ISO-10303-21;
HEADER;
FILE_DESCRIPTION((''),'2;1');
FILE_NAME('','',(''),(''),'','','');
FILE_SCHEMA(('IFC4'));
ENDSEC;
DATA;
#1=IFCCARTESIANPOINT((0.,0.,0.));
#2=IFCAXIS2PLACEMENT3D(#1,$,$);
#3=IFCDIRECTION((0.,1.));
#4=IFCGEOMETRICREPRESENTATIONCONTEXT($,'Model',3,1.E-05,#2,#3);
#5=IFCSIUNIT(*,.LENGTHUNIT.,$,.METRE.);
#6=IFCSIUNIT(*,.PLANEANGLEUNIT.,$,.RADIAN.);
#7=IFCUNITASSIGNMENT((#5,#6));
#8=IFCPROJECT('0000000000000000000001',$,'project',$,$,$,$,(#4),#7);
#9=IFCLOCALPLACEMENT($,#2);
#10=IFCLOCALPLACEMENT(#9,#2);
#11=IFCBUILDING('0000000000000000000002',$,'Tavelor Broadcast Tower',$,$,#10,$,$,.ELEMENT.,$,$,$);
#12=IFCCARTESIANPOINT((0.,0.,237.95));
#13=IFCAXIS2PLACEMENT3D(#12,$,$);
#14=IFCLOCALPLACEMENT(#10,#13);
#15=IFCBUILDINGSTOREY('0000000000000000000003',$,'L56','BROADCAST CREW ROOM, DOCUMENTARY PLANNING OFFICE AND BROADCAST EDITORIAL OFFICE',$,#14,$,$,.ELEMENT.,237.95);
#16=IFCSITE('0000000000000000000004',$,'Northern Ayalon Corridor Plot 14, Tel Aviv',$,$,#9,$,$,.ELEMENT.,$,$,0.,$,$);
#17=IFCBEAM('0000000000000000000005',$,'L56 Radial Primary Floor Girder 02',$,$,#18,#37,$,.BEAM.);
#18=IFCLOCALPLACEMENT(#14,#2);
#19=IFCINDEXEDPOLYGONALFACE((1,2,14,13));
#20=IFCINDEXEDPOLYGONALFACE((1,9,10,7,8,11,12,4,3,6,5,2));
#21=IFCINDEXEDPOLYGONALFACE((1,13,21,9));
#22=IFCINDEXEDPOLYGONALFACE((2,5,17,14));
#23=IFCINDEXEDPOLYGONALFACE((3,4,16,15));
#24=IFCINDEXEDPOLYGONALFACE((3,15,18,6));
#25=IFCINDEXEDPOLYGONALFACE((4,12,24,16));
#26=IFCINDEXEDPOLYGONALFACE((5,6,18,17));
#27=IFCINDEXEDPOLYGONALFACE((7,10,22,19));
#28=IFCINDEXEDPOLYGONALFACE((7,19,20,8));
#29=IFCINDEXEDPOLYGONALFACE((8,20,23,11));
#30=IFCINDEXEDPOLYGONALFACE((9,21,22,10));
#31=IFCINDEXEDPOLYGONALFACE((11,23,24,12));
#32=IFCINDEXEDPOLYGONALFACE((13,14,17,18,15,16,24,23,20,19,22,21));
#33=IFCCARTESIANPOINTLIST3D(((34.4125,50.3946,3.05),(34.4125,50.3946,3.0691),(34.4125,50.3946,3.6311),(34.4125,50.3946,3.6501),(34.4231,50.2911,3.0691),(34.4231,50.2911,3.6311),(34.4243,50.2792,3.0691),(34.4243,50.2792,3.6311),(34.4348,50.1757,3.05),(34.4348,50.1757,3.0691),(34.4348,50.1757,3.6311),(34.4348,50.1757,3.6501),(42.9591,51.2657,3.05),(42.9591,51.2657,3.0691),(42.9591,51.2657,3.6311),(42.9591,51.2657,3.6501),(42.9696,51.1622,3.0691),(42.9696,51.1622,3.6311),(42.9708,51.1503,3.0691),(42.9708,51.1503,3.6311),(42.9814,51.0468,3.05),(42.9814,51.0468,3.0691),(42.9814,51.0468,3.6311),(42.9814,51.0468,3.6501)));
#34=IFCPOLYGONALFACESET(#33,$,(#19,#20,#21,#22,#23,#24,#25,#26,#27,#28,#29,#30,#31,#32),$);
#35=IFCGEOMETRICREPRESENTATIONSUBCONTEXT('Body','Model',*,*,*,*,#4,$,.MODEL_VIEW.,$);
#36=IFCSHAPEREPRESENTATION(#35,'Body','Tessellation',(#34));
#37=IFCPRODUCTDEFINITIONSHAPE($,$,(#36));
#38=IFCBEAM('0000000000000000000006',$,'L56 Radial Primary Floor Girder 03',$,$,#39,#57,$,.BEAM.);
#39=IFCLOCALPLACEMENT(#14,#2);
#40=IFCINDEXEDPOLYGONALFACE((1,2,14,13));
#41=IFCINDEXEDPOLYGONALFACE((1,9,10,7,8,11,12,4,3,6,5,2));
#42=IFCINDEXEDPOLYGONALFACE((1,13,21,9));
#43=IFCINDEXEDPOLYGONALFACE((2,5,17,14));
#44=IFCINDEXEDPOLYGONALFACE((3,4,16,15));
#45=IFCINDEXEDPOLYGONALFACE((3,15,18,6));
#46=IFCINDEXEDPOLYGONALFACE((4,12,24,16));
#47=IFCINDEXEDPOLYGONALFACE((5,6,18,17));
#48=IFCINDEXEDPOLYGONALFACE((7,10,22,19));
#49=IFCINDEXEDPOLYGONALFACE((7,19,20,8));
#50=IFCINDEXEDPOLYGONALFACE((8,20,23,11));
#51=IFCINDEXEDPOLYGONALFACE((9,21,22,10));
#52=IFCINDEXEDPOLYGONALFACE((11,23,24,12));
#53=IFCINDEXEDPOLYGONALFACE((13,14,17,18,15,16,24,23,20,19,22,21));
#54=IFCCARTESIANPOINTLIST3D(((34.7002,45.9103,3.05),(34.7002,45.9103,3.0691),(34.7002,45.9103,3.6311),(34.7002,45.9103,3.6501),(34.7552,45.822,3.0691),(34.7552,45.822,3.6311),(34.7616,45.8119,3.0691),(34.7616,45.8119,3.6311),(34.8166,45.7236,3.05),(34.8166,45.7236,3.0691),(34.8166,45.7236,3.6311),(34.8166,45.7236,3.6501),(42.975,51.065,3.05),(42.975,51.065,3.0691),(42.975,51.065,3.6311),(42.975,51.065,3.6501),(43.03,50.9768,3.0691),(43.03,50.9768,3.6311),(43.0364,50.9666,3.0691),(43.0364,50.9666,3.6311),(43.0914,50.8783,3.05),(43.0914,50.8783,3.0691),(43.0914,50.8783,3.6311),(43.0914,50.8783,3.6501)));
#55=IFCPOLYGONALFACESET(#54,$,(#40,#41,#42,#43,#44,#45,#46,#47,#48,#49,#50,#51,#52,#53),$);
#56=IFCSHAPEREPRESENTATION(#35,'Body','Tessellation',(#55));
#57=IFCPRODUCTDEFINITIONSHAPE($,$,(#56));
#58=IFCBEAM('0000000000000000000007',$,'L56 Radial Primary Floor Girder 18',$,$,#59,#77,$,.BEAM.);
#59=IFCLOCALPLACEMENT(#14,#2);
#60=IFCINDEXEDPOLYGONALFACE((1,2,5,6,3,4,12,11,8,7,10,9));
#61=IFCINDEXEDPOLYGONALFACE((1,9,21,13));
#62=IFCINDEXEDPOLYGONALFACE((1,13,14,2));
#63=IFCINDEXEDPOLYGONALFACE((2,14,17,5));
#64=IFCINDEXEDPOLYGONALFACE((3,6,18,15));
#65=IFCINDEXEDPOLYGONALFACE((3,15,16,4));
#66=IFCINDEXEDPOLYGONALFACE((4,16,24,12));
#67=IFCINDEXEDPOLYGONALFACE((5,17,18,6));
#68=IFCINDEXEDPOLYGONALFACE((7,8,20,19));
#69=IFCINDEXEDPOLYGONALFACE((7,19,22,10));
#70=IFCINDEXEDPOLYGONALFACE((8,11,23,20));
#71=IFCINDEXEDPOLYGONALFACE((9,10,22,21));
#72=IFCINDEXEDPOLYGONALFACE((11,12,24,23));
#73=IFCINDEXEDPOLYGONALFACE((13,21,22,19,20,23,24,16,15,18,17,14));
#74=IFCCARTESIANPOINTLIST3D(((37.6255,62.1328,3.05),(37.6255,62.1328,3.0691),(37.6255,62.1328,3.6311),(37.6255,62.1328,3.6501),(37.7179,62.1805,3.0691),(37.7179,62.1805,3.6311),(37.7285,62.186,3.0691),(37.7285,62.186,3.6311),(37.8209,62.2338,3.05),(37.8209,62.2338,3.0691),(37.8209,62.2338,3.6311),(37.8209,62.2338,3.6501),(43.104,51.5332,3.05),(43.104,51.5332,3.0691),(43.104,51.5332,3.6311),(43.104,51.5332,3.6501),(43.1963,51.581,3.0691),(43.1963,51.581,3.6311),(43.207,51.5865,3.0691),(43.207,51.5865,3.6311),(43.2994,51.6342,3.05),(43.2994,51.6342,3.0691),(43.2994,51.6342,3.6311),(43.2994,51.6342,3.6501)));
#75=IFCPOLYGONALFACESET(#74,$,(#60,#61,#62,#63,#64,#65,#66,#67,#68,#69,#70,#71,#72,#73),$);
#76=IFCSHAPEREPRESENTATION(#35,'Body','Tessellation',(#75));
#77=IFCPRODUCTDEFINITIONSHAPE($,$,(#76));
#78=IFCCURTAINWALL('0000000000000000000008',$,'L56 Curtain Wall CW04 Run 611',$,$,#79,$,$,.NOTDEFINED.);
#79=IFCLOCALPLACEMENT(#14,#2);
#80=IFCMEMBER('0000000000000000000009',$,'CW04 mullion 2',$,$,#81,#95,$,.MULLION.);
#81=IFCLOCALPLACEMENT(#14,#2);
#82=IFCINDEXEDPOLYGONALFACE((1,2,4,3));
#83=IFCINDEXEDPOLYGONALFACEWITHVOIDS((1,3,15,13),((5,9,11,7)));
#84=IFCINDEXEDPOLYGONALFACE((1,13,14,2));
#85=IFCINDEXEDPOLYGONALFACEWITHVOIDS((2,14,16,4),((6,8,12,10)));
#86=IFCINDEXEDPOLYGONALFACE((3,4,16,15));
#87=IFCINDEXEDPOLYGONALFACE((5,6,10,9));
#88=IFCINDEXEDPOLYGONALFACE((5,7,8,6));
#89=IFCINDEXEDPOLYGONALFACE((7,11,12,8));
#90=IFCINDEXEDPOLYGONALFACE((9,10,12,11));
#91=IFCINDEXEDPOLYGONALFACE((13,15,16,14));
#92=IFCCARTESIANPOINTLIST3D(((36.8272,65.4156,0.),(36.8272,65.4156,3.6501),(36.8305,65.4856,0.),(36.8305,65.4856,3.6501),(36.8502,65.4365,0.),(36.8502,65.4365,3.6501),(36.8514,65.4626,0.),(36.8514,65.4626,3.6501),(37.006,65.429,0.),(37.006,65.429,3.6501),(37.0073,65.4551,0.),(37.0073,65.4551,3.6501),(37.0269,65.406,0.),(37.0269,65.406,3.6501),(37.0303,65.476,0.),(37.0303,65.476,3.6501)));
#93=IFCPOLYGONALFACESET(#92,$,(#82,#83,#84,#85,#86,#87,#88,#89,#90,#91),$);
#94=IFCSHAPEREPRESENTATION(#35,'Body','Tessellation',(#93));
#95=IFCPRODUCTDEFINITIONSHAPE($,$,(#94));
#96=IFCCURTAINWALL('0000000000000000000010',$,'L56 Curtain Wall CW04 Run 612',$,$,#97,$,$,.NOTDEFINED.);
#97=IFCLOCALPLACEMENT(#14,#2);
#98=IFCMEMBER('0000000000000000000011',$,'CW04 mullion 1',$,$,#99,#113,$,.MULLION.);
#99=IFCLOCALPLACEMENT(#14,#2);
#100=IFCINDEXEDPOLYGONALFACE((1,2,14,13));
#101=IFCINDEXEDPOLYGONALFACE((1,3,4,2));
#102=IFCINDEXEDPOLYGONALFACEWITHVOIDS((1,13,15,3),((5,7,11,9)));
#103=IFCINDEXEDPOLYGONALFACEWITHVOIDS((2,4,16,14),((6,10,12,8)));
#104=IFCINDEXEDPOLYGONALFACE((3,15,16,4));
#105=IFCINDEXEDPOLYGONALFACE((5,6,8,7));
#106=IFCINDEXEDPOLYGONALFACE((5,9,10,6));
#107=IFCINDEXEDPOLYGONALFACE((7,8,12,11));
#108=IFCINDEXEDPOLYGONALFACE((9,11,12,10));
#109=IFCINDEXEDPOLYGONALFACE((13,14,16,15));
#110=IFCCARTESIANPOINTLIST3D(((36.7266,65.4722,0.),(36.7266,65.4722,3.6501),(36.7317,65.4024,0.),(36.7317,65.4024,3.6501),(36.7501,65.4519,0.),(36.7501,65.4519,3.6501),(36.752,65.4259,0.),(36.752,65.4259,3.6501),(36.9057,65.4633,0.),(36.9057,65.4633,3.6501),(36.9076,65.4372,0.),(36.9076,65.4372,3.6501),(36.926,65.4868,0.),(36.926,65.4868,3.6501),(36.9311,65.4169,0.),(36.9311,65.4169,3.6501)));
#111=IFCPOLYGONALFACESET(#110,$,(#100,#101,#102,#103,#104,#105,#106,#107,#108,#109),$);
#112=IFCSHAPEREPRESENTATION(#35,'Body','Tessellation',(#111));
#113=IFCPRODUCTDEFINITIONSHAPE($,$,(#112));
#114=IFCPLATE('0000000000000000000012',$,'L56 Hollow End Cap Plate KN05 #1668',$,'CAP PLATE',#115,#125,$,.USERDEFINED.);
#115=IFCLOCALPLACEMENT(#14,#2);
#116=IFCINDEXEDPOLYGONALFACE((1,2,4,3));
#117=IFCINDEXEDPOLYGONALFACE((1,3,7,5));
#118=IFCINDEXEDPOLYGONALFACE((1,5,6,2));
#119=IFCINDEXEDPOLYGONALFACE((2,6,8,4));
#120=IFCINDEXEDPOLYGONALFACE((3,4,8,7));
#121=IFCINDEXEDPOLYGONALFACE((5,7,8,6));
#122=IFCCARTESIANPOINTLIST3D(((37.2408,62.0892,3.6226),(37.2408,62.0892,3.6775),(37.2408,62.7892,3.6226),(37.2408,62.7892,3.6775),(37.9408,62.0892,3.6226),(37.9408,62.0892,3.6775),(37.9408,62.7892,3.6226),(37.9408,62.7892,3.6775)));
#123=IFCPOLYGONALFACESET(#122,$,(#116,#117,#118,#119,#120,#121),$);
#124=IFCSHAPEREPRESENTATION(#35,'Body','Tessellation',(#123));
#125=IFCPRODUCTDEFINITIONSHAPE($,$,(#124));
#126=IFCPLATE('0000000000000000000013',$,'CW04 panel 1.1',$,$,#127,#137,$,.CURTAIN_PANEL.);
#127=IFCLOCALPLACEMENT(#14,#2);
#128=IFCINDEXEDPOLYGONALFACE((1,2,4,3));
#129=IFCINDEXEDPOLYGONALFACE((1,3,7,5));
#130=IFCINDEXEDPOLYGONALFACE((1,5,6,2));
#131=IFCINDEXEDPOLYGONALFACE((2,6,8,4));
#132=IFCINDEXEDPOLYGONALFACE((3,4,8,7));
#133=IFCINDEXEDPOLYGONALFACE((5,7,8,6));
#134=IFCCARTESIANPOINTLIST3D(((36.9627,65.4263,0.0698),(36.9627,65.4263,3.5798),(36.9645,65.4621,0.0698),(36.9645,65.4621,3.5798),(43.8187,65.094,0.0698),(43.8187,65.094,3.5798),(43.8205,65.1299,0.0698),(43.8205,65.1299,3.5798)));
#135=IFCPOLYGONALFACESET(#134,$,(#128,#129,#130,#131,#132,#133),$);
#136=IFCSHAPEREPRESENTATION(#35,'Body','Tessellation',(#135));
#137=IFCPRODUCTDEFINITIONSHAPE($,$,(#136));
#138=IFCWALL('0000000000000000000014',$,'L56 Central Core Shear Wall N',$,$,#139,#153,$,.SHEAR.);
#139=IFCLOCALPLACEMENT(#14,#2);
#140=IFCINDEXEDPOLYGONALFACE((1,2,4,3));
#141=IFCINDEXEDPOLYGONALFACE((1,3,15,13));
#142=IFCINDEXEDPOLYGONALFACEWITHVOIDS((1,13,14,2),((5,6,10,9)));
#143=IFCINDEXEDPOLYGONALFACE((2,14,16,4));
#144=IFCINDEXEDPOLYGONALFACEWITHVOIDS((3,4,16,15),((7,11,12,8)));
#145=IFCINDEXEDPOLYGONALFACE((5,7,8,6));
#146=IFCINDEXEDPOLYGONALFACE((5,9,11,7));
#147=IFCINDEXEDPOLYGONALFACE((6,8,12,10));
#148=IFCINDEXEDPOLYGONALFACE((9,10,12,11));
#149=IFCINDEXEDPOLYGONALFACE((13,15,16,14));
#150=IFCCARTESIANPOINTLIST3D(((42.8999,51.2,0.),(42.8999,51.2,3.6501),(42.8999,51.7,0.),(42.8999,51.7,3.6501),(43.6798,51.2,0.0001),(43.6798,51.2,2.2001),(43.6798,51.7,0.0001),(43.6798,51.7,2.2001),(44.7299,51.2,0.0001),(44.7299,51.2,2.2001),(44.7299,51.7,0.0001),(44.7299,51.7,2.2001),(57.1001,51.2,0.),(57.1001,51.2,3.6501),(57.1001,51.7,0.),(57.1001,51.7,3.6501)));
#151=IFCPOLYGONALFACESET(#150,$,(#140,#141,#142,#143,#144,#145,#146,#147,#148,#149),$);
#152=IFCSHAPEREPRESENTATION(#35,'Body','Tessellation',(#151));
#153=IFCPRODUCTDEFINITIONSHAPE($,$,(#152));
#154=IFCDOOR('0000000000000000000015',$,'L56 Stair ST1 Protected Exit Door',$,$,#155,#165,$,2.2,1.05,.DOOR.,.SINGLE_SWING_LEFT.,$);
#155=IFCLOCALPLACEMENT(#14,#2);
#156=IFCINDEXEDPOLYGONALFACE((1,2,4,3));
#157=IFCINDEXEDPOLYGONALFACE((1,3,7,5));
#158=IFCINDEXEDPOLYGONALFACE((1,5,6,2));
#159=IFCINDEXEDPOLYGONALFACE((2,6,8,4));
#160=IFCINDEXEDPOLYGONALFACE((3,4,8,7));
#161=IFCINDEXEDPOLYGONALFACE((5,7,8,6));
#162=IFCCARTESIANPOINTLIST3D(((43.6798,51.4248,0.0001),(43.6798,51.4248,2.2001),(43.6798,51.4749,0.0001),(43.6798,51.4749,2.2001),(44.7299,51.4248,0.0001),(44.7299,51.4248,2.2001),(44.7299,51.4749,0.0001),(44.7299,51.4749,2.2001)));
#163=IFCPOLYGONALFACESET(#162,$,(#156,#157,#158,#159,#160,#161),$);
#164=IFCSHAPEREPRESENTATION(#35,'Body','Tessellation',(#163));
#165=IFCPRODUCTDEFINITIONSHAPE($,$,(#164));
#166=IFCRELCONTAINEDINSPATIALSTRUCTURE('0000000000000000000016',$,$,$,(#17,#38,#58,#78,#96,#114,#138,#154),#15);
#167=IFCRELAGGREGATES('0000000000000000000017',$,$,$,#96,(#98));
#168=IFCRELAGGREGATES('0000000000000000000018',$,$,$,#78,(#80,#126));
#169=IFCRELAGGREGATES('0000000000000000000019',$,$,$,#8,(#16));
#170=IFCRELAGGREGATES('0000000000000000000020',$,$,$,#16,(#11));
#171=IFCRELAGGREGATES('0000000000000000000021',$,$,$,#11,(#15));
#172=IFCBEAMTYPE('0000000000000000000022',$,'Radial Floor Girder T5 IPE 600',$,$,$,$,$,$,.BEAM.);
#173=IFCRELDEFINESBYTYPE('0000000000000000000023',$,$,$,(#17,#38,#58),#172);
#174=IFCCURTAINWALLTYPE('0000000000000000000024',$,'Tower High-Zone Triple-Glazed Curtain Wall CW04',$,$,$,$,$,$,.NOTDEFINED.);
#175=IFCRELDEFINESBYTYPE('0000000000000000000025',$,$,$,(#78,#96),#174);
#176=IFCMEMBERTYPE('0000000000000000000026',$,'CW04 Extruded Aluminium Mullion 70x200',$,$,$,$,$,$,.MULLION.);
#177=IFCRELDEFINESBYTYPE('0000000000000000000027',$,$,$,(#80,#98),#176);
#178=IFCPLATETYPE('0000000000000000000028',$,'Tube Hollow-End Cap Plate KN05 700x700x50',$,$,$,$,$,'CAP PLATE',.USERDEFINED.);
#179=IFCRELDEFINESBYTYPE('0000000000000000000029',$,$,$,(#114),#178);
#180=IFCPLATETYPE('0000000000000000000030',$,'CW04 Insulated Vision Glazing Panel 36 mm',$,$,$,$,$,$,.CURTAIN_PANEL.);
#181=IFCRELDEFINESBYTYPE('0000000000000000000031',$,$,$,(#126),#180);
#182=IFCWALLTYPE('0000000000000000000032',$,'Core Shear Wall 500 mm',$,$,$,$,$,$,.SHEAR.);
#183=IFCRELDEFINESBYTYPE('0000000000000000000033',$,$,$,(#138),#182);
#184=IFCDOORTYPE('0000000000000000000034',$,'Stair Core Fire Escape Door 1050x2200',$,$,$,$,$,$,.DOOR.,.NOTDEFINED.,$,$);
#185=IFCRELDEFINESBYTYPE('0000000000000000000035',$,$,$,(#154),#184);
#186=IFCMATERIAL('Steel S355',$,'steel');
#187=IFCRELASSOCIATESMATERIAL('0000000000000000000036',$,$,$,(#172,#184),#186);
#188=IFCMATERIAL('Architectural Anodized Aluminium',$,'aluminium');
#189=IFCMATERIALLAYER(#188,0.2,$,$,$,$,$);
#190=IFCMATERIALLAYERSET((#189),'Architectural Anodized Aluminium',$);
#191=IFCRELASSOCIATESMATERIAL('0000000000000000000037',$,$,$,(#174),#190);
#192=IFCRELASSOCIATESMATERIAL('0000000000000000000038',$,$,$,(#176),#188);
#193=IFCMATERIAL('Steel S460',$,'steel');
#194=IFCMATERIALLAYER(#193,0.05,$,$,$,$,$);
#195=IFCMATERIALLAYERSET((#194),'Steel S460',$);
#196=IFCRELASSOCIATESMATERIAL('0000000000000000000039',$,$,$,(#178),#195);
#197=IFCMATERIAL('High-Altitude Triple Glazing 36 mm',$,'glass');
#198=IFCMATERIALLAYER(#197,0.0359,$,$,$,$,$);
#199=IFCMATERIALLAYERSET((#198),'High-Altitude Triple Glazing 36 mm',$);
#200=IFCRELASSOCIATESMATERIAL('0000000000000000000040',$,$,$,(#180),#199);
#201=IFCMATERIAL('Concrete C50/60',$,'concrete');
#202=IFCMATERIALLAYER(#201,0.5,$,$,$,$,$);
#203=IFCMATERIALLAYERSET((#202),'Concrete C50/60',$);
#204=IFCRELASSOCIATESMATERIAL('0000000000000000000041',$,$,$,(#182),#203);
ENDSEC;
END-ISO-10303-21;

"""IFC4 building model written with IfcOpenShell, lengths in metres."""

from ifc_helpers import new_model, si_unit, direction, frame, frame_2d, origin, origin_2d, place, context, subcontext, project, spatial, rectangle, hollow_rectangle, i_section, extrude, source, transform, mapped, material, layer, layer_set, material_profile, profile_set, type_object, type_shapes, element, fill, aggregate, save


model = new_model("IFC4")

# Units and contexts
model_context = context("Model", 3, precision=1e-05, world=origin(), true_north=direction((0.0, 1.0)))
body_context = subcontext(model_context, "Body", "Model", "MODEL_VIEW")
ifc_project = project(units=[si_unit("LENGTHUNIT", "METRE"), si_unit("PLANEANGLEUNIT", "RADIAN")], contexts=[model_context])

# Site, building, storey
site_placement = place(None, origin())
site = spatial("IfcSite", under=ifc_project, at=site_placement, Name="Northern Ayalon Corridor Plot 14, Tel Aviv", CompositionType="ELEMENT", RefElevation=0.0)
building_placement = place(site_placement, origin())
building = spatial("IfcBuilding", under=site, at=building_placement, Name="Tavelor Broadcast Tower", CompositionType="ELEMENT")
storey_placement = place(building_placement, frame((0.0, 0.0, 237.95)))
storey = spatial("IfcBuildingStorey", under=building, at=storey_placement, Name="L56", Description="BROADCAST CREW ROOM, DOCUMENTARY PLANNING OFFICE AND BROADCAST EDITORIAL OFFICE", CompositionType="ELEMENT", Elevation=237.95)

# Shared definitions
ifc_material_1 = material(Name="Concrete C50/60", Category="concrete")
ifc_material_2 = material(Name="Steel S460", Category="steel")

# Beams
ifc_material_3 = material(Name="Steel S355", Category="steel")
ifc_material_profile_1 = material_profile(ifc_material_3, i_section(OverallWidth=0.22, OverallDepth=0.6001, WebThickness=0.012, FlangeThickness=0.019, at=origin_2d()), Name="IPE 600")
ifc_profile_set_1 = profile_set([ifc_material_profile_1], Name="Steel S355")
beam_type_1 = type_object("IfcBeamType", Name="Radial Floor Girder T5 IPE 600", PredefinedType="BEAM", material=ifc_profile_set_1)
beam_1_placement = place(storey_placement, frame((42.9702, 51.1562, 3.3501), z_axis=(-0.994846, -0.101397, 0.0), x_axis=(0.101397, -0.994846, 0.0)))
element("IfcBeam", 1, at=beam_1_placement, inside=storey, type_object=beam_type_1, Name="L56 Radial Primary Floor Girder 02", PredefinedType="BEAM", context=body_context, shape_type="SweptSolid", body=[
    extrude(i_section(OverallWidth=0.22, OverallDepth=0.6001, WebThickness=0.012, FlangeThickness=0.019, at=origin_2d()), origin(), (0.0, 0.0, 1.0), 8.5908),
])
beam_2_placement = place(storey_placement, frame((43.0332, 50.9717, 3.3501), z_axis=(-0.848782, -0.528742, 0.0), x_axis=(0.528742, -0.848782, 0.0)))
element("IfcBeam", 2, at=beam_2_placement, inside=storey, type_object=beam_type_1, Name="L56 Radial Primary Floor Girder 03", PredefinedType="BEAM", context=body_context, shape_type="SweptSolid", body=[
    extrude(i_section(OverallWidth=0.22, OverallDepth=0.6001, WebThickness=0.012, FlangeThickness=0.019, at=origin_2d()), origin(), (0.0, 0.0, 1.0), 9.749),
])
beam_3_placement = place(storey_placement, frame((43.2017, 51.5837, 3.3501), z_axis=(-0.459156, 0.888356, 0.0), x_axis=(-0.888356, -0.459156, 0.0)))
element("IfcBeam", 3, at=beam_3_placement, inside=storey, type_object=beam_type_1, Name="L56 Radial Primary Floor Girder 18", PredefinedType="BEAM", context=body_context, shape_type="SweptSolid", body=[
    extrude(i_section(OverallWidth=0.22, OverallDepth=0.6001, WebThickness=0.012, FlangeThickness=0.019, at=origin_2d()), origin(), (0.0, 0.0, 1.0), 11.9316),
])

# Curtain walls, members
ifc_material_4 = material(Name="Architectural Anodized Aluminium", Category="aluminium")
ifc_layer_1 = layer(ifc_material_4, 0.2)
ifc_layer_set_1 = layer_set([ifc_layer_1], Name="Architectural Anodized Aluminium")
curtain_wall_type = type_object("IfcCurtainWallType", Name="Tower High-Zone Triple-Glazed Curtain Wall CW04", PredefinedType="NOTDEFINED", material=ifc_layer_set_1)
curtain_wall_1_placement = place(storey_placement, origin())
curtain_wall_1 = element("IfcCurtainWall", 4, at=curtain_wall_1_placement, inside=storey, type_object=curtain_wall_type, Name="L56 Curtain Wall CW04 Run 611", PredefinedType="NOTDEFINED")
ifc_material_profile_2 = material_profile(ifc_material_4, hollow_rectangle(XDim=0.0701, YDim=0.2, WallThickness=0.022, at=origin_2d()), Name="RHS 70x200x22")
ifc_profile_set_2 = profile_set([ifc_material_profile_2], Name="Architectural Anodized Aluminium")
member_type = type_object("IfcMemberType", Name="CW04 Extruded Aluminium Mullion 70x200", PredefinedType="MULLION", material=ifc_profile_set_2)
shared_shape_1 = source(origin(), body_context, "Body", "SweptSolid", [
    extrude(hollow_rectangle(XDim=0.0701, YDim=0.2, WallThickness=0.022, at=origin_2d()), origin(), (0.0, 0.0, 1.0), 3.6501),
])
type_shapes(member_type, [shared_shape_1])
member_1_placement = place(storey_placement, frame((36.9287, 65.4458, 0.0), z_axis=(0.0, 0.0, 1.0), x_axis=(-0.048401, -0.998828, 0.0)))
member_1 = element("IfcMember", 5, at=member_1_placement, type_object=member_type, Name="CW04 mullion 2", PredefinedType="MULLION", context=body_context, shape_type="MappedRepresentation", body=[
    mapped(shared_shape_1, transform((0.0, 0.0, 0.0), scale=1.0)),
])
curtain_wall_2_placement = place(storey_placement, origin())
curtain_wall_2 = element("IfcCurtainWall", 6, at=curtain_wall_2_placement, inside=storey, type_object=curtain_wall_type, Name="L56 Curtain Wall CW04 Run 612", PredefinedType="NOTDEFINED")
member_2_placement = place(storey_placement, frame((36.8289, 65.4446, 0.0), z_axis=(0.0, 0.0, 1.0), x_axis=(0.072833, -0.997344, 0.0)))
member_2 = element("IfcMember", 7, at=member_2_placement, type_object=member_type, Name="CW04 mullion 1", PredefinedType="MULLION", context=body_context, shape_type="MappedRepresentation", body=[
    mapped(shared_shape_1, transform((0.0, 0.0, 0.0), scale=1.0)),
])
aggregate(curtain_wall_2, [member_2])

# Plates
ifc_layer_2 = layer(ifc_material_2, 0.05)
ifc_layer_set_2 = layer_set([ifc_layer_2], Name="Steel S460")
plate_type_1 = type_object("IfcPlateType", Name="Tube Hollow-End Cap Plate KN05 700x700x50", ElementType="CAP PLATE", PredefinedType="USERDEFINED", material=ifc_layer_set_2)
shared_shape_2 = source(origin(), body_context, "Body", "SweptSolid", [
    extrude(rectangle(XDim=0.7, YDim=0.7, at=origin_2d()), origin(), (0.0, 0.0, 1.0), 0.0549),
])
type_shapes(plate_type_1, [shared_shape_2])
plate_1_placement = place(storey_placement, frame((37.5908, 62.4392, 3.6226), z_axis=(0.0, 0.0, 1.0), x_axis=(1.0, 0.0, 0.0)))
element("IfcPlate", 8, at=plate_1_placement, inside=storey, type_object=plate_type_1, Name="L56 Hollow End Cap Plate KN05 #1668", ObjectType="CAP PLATE", PredefinedType="USERDEFINED", context=body_context, shape_type="MappedRepresentation", body=[
    mapped(shared_shape_2, transform((0.0, 0.0, 0.0), scale=1.0)),
])
ifc_material_5 = material(Name="High-Altitude Triple Glazing 36 mm", Category="glass")
ifc_layer_3 = layer(ifc_material_5, 0.0359)
ifc_layer_set_3 = layer_set([ifc_layer_3], Name="High-Altitude Triple Glazing 36 mm")
plate_type_2 = type_object("IfcPlateType", Name="CW04 Insulated Vision Glazing Panel 36 mm", PredefinedType="CURTAIN_PANEL", material=ifc_layer_set_3)
shared_shape_3 = source(origin(), body_context, "Body", "SweptSolid", [
    extrude(rectangle(XDim=6.864, YDim=0.0359, at=origin_2d()), origin(), (0.0, 0.0, 1.0), 3.51),
])
type_shapes(plate_type_2, [shared_shape_3])
plate_2_placement = place(storey_placement, frame((40.3916, 65.2781, 0.0698), z_axis=(0.0, 0.0, 1.0), x_axis=(-0.998828, 0.048401, 0.0)))
plate_2 = element("IfcPlate", 9, at=plate_2_placement, type_object=plate_type_2, Name="CW04 panel 1.1", PredefinedType="CURTAIN_PANEL", context=body_context, shape_type="MappedRepresentation", body=[
    mapped(shared_shape_3, transform((0.0, 0.0, 0.0), scale=1.0)),
])
aggregate(curtain_wall_1, [member_1, plate_2])

# Wall, opening, door
ifc_layer_4 = layer(ifc_material_1, 0.5)
ifc_layer_set_4 = layer_set([ifc_layer_4], Name="Concrete C50/60")
wall_type_1 = type_object("IfcWallType", Name="Core Shear Wall 500 mm", PredefinedType="SHEAR", material=ifc_layer_set_4)
wall_1_placement = place(storey_placement, frame((42.8999, 51.45, 0.0), z_axis=(0.0, 0.0, 1.0), x_axis=(1.0, 0.0, 0.0)))
wall_1 = element("IfcWall", 10, at=wall_1_placement, inside=storey, type_object=wall_type_1, Name="L56 Central Core Shear Wall N", PredefinedType="SHEAR", context=body_context, shape_type="SweptSolid", body=[
    extrude(rectangle(XDim=14.2002, YDim=0.5, at=frame_2d((7.1001, 0.0))), origin(), (0.0, 0.0, 1.0), 3.6501),
])
opening_1_placement = place(wall_1_placement, frame((0.78, 0.0, 0.0)))
opening_1 = element("IfcOpeningElement", 11, at=opening_1_placement, cuts=wall_1, PredefinedType="OPENING", context=body_context, shape_type="SweptSolid", body=[
    extrude(rectangle(XDim=1.05, YDim=2.2, at=frame_2d((0.5249, 1.1001))), frame((0.0, 0.26, 0.0), z_axis=(0.0, -1.0, 0.0), x_axis=(1.0, 0.0, 0.0)), (0.0, 0.0, 1.0), 0.52),
])
door_type_1 = type_object("IfcDoorType", Name="Stair Core Fire Escape Door 1050x2200", OperationType="NOTDEFINED", PredefinedType="DOOR", material=ifc_material_3)
door_1_placement = place(opening_1_placement, origin())
door_1 = element("IfcDoor", 12, at=door_1_placement, inside=storey, type_object=door_type_1, Name="L56 Stair ST1 Protected Exit Door", OperationType="SINGLE_SWING_LEFT", OverallHeight=2.2, OverallWidth=1.05, PredefinedType="DOOR", context=body_context, shape_type="SweptSolid", body=[
    extrude(rectangle(XDim=1.05, YDim=2.2, at=frame_2d((0.5249, 1.1001))), frame((0.0, 0.0249, 0.0), z_axis=(0.0, -1.0, 0.0), x_axis=(1.0, 0.0, 0.0)), (0.0, 0.0, 1.0), 0.05),
])
fill(opening_1, door_1)

save(model, "model.ifc")
